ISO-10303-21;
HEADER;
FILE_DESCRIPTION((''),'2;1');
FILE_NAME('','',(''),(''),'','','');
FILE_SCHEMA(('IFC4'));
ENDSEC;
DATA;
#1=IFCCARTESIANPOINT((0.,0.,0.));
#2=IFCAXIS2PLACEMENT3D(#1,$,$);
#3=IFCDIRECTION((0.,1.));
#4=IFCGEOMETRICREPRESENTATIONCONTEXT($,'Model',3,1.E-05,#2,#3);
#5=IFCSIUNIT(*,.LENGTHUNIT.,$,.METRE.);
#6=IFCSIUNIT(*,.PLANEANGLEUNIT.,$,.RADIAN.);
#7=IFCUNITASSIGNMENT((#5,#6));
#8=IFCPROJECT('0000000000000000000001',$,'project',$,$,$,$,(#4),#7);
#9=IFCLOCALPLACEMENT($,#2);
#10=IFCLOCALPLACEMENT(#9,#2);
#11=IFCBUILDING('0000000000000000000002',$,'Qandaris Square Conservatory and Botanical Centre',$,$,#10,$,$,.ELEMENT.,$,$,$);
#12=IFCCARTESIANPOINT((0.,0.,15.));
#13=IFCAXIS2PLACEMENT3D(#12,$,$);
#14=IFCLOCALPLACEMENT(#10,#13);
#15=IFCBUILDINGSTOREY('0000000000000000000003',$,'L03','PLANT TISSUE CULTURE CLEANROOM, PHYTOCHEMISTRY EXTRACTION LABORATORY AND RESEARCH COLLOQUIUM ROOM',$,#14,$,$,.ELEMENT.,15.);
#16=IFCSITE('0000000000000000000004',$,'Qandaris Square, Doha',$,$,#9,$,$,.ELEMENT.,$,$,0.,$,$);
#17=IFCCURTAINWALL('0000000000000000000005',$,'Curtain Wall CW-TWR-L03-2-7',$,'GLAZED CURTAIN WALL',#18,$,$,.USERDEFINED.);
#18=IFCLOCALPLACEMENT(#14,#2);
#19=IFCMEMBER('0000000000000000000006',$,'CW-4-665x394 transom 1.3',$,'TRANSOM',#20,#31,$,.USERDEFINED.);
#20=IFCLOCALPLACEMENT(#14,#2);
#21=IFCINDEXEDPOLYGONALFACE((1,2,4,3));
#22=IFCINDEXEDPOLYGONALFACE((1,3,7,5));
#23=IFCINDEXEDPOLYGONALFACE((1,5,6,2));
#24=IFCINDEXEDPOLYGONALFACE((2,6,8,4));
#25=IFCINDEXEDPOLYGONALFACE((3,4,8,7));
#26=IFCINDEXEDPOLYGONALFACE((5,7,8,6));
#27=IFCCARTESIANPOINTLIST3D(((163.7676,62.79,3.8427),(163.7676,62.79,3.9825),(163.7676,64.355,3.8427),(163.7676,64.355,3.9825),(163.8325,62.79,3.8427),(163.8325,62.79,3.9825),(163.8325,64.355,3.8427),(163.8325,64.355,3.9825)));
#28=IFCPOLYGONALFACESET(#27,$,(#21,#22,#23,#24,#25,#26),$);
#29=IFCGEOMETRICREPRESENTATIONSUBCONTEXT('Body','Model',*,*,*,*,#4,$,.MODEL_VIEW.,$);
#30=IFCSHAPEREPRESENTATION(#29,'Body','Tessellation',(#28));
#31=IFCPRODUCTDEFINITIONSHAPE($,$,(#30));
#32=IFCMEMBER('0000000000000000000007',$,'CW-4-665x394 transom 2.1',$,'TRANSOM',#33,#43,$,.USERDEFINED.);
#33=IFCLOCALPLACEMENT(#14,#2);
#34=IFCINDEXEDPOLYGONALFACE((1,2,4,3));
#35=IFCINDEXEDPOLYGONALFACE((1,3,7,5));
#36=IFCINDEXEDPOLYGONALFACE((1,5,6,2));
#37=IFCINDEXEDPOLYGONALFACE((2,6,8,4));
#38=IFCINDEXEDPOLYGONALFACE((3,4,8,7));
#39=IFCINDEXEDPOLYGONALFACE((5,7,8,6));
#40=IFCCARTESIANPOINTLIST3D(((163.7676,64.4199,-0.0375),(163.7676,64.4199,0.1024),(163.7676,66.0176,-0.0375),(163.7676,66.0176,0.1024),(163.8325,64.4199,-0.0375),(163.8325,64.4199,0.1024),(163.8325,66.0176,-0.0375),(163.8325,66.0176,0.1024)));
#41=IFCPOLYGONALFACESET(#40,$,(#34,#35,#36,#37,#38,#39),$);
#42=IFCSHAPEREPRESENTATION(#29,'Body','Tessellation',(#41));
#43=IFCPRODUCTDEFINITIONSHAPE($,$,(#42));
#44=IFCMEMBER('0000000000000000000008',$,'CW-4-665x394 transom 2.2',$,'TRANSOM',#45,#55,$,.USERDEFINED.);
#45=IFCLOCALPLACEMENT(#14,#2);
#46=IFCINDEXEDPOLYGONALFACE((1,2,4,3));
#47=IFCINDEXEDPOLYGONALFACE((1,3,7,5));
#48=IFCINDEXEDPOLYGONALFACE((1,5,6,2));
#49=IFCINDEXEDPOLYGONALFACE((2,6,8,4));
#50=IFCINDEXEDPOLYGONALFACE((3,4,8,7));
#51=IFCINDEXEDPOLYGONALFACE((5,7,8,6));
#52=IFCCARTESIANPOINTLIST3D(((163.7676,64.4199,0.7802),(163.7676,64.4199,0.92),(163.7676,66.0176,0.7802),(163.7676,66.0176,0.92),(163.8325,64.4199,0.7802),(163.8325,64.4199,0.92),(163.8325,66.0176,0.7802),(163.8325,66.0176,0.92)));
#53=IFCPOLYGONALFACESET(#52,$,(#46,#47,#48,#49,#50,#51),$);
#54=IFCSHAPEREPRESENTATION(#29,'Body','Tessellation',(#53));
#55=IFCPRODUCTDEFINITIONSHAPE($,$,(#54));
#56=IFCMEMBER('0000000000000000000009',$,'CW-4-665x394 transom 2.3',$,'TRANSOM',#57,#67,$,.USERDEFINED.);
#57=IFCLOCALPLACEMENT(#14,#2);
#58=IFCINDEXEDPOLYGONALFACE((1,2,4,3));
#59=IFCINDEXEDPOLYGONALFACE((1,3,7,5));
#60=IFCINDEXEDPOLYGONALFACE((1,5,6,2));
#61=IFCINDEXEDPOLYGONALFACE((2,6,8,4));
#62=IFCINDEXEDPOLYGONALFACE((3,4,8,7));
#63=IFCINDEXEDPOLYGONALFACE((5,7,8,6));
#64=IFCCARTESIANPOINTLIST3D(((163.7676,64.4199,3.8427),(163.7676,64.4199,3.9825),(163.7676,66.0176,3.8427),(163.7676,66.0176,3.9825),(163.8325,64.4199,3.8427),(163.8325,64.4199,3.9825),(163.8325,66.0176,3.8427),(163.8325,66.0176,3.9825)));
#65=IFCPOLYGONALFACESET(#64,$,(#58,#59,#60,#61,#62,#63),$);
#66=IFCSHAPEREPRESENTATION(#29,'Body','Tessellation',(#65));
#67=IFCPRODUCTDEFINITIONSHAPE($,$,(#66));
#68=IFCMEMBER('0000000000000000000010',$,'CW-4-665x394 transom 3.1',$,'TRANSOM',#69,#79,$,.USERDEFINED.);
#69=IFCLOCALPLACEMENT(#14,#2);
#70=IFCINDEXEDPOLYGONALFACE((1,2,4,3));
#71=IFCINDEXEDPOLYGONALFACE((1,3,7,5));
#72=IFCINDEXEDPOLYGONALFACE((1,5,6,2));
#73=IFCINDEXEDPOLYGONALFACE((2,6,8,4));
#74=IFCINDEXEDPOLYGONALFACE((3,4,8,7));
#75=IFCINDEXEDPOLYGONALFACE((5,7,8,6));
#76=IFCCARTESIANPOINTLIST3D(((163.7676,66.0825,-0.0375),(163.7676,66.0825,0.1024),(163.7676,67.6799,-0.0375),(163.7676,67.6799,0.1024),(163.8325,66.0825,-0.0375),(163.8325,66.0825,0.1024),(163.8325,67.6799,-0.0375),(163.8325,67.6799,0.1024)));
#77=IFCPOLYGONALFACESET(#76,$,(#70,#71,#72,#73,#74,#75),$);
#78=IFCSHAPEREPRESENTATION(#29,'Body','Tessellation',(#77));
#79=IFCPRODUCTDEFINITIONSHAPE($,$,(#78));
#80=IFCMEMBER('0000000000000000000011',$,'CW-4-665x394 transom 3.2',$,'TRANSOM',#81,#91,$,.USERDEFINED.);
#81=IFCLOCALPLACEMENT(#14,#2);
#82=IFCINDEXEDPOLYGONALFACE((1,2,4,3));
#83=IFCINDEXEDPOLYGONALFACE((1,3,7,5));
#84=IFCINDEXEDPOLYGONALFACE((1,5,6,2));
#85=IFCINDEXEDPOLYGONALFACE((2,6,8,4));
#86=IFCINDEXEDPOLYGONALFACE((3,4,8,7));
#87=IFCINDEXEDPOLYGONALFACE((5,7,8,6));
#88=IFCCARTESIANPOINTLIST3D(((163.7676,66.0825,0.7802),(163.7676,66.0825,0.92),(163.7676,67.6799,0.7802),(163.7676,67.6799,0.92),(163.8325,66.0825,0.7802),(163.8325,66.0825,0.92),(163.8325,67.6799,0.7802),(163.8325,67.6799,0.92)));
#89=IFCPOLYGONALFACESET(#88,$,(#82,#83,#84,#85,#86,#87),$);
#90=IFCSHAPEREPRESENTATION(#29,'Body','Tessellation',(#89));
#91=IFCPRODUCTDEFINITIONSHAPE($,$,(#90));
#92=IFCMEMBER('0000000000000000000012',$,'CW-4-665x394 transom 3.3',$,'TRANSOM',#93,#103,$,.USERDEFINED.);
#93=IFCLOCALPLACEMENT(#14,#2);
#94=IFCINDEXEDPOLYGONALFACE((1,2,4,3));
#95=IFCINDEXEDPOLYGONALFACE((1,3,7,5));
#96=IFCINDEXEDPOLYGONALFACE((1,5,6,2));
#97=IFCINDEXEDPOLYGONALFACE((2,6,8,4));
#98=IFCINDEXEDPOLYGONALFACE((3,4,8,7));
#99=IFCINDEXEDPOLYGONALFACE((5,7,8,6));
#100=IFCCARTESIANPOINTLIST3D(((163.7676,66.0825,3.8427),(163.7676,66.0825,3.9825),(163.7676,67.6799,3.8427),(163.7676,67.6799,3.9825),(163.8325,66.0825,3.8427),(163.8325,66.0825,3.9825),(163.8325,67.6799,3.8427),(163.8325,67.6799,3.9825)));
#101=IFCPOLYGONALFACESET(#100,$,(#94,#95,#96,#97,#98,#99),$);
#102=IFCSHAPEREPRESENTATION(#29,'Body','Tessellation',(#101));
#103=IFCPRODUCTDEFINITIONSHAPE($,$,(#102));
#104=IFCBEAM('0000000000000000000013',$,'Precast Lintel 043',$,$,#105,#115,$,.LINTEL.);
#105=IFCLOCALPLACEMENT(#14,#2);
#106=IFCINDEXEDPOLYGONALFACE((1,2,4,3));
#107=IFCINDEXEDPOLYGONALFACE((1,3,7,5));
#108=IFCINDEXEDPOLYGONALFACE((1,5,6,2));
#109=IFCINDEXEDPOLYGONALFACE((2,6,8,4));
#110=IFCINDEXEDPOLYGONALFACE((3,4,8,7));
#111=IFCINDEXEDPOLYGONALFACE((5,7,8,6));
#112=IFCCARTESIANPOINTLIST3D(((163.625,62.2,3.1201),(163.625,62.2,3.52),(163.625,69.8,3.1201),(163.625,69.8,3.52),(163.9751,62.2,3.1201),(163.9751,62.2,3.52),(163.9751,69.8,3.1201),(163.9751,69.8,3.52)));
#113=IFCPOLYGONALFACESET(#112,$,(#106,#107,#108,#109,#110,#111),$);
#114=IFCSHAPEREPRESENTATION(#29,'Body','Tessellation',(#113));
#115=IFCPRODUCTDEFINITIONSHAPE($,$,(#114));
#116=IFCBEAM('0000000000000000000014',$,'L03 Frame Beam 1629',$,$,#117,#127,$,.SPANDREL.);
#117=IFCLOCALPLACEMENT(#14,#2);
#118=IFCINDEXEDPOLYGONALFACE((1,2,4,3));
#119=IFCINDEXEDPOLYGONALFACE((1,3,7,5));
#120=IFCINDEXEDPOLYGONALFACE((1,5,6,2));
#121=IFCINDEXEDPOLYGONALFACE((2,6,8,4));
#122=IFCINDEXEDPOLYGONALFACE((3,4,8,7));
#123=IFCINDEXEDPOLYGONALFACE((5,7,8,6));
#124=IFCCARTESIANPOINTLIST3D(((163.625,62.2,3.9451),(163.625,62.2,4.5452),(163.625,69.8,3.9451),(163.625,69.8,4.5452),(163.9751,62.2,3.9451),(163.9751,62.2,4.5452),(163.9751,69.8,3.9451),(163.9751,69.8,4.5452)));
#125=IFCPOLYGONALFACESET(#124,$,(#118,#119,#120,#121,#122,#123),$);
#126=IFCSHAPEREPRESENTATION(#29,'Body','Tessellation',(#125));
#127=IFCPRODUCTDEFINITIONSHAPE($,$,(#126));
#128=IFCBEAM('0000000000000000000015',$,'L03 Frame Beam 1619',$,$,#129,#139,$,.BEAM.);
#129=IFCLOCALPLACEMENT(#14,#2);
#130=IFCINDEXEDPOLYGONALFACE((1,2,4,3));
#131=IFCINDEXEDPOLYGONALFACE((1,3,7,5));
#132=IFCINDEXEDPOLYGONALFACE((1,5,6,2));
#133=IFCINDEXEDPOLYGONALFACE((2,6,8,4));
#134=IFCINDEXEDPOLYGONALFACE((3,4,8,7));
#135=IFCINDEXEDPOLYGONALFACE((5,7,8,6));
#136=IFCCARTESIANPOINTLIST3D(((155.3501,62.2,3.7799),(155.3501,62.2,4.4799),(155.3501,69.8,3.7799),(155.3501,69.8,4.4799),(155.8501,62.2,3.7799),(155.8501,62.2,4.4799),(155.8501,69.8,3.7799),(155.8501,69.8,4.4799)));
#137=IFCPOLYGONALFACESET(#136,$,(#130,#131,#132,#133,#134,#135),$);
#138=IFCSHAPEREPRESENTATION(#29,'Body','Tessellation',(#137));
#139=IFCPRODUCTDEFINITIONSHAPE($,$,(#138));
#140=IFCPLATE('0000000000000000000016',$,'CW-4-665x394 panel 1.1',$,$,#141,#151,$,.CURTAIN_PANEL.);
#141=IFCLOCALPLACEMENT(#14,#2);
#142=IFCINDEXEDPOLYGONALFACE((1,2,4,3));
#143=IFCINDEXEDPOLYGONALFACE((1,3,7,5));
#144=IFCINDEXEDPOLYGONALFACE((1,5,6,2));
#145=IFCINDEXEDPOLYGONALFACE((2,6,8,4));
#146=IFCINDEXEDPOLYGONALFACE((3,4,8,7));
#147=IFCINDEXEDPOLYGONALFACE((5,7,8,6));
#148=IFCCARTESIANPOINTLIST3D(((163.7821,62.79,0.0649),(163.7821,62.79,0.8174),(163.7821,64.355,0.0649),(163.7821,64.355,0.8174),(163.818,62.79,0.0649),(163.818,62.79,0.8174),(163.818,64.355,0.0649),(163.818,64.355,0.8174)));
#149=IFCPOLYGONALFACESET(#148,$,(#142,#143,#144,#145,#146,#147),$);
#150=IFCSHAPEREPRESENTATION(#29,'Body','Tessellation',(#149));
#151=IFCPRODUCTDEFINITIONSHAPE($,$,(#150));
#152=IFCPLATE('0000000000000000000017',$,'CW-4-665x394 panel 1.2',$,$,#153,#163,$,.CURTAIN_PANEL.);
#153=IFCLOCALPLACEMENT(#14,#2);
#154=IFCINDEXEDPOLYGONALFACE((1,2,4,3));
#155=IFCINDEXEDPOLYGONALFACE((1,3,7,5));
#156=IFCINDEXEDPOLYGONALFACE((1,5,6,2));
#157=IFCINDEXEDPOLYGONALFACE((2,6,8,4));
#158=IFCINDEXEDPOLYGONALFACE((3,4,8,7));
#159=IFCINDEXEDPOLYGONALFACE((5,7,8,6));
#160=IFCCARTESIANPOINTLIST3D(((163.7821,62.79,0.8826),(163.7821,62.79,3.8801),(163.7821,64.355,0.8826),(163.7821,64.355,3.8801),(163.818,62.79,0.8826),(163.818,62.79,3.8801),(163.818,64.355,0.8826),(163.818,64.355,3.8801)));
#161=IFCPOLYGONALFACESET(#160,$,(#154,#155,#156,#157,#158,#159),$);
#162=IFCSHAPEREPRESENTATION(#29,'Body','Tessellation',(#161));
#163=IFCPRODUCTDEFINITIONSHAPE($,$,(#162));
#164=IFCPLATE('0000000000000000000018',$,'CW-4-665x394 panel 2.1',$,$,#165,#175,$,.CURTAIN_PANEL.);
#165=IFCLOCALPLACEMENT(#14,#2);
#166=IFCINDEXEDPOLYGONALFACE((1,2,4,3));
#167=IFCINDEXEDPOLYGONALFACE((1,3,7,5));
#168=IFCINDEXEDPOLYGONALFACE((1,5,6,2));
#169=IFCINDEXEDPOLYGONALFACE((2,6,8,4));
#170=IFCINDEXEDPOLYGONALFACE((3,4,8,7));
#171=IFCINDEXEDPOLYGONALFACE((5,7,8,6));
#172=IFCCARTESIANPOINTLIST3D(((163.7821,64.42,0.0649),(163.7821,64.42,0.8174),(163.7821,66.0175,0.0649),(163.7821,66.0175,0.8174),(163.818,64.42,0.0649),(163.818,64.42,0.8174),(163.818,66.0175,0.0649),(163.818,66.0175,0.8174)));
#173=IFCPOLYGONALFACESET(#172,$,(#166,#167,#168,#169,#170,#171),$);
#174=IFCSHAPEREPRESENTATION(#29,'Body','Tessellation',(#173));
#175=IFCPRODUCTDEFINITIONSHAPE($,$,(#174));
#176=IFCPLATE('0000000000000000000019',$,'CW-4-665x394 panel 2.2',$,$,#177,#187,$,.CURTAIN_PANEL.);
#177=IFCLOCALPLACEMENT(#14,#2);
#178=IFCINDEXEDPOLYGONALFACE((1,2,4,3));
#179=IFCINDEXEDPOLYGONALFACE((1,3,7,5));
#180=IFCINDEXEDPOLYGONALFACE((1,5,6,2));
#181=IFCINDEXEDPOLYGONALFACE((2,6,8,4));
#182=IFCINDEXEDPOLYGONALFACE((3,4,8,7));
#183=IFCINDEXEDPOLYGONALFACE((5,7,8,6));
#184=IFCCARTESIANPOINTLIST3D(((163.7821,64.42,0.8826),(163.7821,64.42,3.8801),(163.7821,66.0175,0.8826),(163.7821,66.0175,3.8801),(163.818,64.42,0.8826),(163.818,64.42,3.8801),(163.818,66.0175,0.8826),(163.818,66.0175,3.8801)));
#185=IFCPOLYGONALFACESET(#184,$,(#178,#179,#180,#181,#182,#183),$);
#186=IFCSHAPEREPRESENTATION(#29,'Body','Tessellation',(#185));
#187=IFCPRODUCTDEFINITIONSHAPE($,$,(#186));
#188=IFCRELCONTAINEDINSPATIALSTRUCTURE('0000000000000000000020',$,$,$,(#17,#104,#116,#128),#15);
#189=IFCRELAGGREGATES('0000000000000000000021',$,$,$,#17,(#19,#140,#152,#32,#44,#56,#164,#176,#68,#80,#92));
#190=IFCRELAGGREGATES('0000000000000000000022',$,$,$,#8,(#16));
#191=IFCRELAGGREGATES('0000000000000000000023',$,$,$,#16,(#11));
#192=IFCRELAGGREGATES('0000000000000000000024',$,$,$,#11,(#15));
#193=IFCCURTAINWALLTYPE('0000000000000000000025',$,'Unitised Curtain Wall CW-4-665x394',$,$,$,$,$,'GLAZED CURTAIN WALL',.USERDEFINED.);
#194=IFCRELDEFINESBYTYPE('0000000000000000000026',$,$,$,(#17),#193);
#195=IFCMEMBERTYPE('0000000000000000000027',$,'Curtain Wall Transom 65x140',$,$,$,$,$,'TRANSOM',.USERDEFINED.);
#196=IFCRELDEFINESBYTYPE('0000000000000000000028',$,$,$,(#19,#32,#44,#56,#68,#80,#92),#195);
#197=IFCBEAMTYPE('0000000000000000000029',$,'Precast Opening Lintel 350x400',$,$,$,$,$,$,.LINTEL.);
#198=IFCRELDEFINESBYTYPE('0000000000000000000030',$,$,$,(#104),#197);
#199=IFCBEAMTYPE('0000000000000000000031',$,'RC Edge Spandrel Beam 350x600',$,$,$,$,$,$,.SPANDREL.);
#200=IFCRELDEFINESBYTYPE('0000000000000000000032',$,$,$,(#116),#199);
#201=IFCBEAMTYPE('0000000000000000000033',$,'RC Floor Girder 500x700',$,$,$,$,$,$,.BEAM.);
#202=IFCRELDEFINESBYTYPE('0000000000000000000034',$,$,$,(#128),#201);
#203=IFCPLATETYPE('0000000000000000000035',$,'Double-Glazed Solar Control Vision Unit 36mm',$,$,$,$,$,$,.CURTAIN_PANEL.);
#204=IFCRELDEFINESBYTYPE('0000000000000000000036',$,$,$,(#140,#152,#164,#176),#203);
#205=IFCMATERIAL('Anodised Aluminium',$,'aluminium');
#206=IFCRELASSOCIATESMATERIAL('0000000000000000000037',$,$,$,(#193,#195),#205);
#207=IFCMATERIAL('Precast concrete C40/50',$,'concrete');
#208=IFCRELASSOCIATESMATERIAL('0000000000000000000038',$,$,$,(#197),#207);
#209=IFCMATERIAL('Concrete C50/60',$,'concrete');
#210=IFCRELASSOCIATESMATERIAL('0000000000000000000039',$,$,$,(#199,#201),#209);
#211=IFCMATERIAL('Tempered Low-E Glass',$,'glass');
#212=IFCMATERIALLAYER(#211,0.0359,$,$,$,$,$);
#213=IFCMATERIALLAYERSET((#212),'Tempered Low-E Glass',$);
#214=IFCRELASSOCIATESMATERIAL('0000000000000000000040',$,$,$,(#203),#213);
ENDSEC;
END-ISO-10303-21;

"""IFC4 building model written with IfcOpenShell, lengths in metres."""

from ifc_helpers import new_model, si_unit, direction, frame, origin, origin_2d, place, context, subcontext, project, spatial, rectangle, extrude, material, layer, layer_set, material_profile, profile_set, type_object, element, aggregate, save


model = new_model("IFC4")

# Units and contexts
model_context = context("Model", 3, precision=1e-05, world=origin(), true_north=direction((0.0, 1.0)))
body_context = subcontext(model_context, "Body", "Model", "MODEL_VIEW")
ifc_project = project(units=[si_unit("LENGTHUNIT", "METRE"), si_unit("PLANEANGLEUNIT", "RADIAN")], contexts=[model_context])

# Site, building, storey
site_placement = place(None, origin())
site = spatial("IfcSite", under=ifc_project, at=site_placement, Name="Qandaris Square, Doha", CompositionType="ELEMENT", RefElevation=0.0)
building_placement = place(site_placement, origin())
building = spatial("IfcBuilding", under=site, at=building_placement, Name="Qandaris Square Conservatory and Botanical Centre", CompositionType="ELEMENT")
storey_placement = place(building_placement, frame((0.0, 0.0, 15.0)))
storey = spatial("IfcBuildingStorey", under=building, at=storey_placement, Name="L03", Description="PLANT TISSUE CULTURE CLEANROOM, PHYTOCHEMISTRY EXTRACTION LABORATORY AND RESEARCH COLLOQUIUM ROOM", CompositionType="ELEMENT", Elevation=15.0)

# Shared definitions
ifc_material_1 = material(Name="Concrete C50/60", Category="concrete")

# Curtain wall, members
ifc_material_2 = material(Name="Anodised Aluminium", Category="aluminium")
curtain_wall_type = type_object("IfcCurtainWallType", Name="Unitised Curtain Wall CW-4-665x394", ElementType="GLAZED CURTAIN WALL", PredefinedType="USERDEFINED", material=ifc_material_2)
curtain_wall_placement = place(storey_placement, origin())
curtain_wall = element("IfcCurtainWall", 1, at=curtain_wall_placement, inside=storey, type_object=curtain_wall_type, Name="Curtain Wall CW-TWR-L03-2-7", ObjectType="GLAZED CURTAIN WALL", PredefinedType="USERDEFINED")
ifc_material_profile_1 = material_profile(ifc_material_2, rectangle(XDim=0.0649, YDim=0.1399, at=origin_2d()), Name="ALU-TRN 65x140")
ifc_profile_set_1 = profile_set([ifc_material_profile_1], Name="Anodised Aluminium")
member_type_1 = type_object("IfcMemberType", Name="Curtain Wall Transom 65x140", ElementType="TRANSOM", PredefinedType="USERDEFINED", material=ifc_profile_set_1)
member_1_placement = place(storey_placement, frame((163.8, 62.79, 3.9126), z_axis=(0.0, 1.0, 0.0), x_axis=(-1.0, 0.0, 0.0)))
member_1 = element("IfcMember", 2, at=member_1_placement, type_object=member_type_1, Name="CW-4-665x394 transom 1.3", ObjectType="TRANSOM", PredefinedType="USERDEFINED", context=body_context, shape_type="SweptSolid", body=[
    extrude(rectangle(XDim=0.0649, YDim=0.1399, at=origin_2d()), origin(), (0.0, 0.0, 1.0), 1.5649),
])
member_2_placement = place(storey_placement, frame((163.8, 64.4199, 0.0325), z_axis=(0.0, 1.0, 0.0), x_axis=(-1.0, 0.0, 0.0)))
member_2 = element("IfcMember", 3, at=member_2_placement, type_object=member_type_1, Name="CW-4-665x394 transom 2.1", ObjectType="TRANSOM", PredefinedType="USERDEFINED", context=body_context, shape_type="SweptSolid", body=[
    extrude(rectangle(XDim=0.0649, YDim=0.1399, at=origin_2d()), origin(), (0.0, 0.0, 1.0), 1.5977),
])
member_3_placement = place(storey_placement, frame((163.8, 64.4199, 0.8501), z_axis=(0.0, 1.0, 0.0), x_axis=(-1.0, 0.0, 0.0)))
member_3 = element("IfcMember", 4, at=member_3_placement, type_object=member_type_1, Name="CW-4-665x394 transom 2.2", ObjectType="TRANSOM", PredefinedType="USERDEFINED", context=body_context, shape_type="SweptSolid", body=[
    extrude(rectangle(XDim=0.0649, YDim=0.1399, at=origin_2d()), origin(), (0.0, 0.0, 1.0), 1.5977),
])
member_4_placement = place(storey_placement, frame((163.8, 64.4199, 3.9126), z_axis=(0.0, 1.0, 0.0), x_axis=(-1.0, 0.0, 0.0)))
member_4 = element("IfcMember", 5, at=member_4_placement, type_object=member_type_1, Name="CW-4-665x394 transom 2.3", ObjectType="TRANSOM", PredefinedType="USERDEFINED", context=body_context, shape_type="SweptSolid", body=[
    extrude(rectangle(XDim=0.0649, YDim=0.1399, at=origin_2d()), origin(), (0.0, 0.0, 1.0), 1.5977),
])
member_5_placement = place(storey_placement, frame((163.8, 66.0825, 0.0325), z_axis=(0.0, 1.0, 0.0), x_axis=(-1.0, 0.0, 0.0)))
member_5 = element("IfcMember", 6, at=member_5_placement, type_object=member_type_1, Name="CW-4-665x394 transom 3.1", ObjectType="TRANSOM", PredefinedType="USERDEFINED", context=body_context, shape_type="SweptSolid", body=[
    extrude(rectangle(XDim=0.0649, YDim=0.1399, at=origin_2d()), origin(), (0.0, 0.0, 1.0), 1.5974),
])
member_6_placement = place(storey_placement, frame((163.8, 66.0825, 0.8501), z_axis=(0.0, 1.0, 0.0), x_axis=(-1.0, 0.0, 0.0)))
member_6 = element("IfcMember", 7, at=member_6_placement, type_object=member_type_1, Name="CW-4-665x394 transom 3.2", ObjectType="TRANSOM", PredefinedType="USERDEFINED", context=body_context, shape_type="SweptSolid", body=[
    extrude(rectangle(XDim=0.0649, YDim=0.1399, at=origin_2d()), origin(), (0.0, 0.0, 1.0), 1.5974),
])
member_7_placement = place(storey_placement, frame((163.8, 66.0825, 3.9126), z_axis=(0.0, 1.0, 0.0), x_axis=(-1.0, 0.0, 0.0)))
member_7 = element("IfcMember", 8, at=member_7_placement, type_object=member_type_1, Name="CW-4-665x394 transom 3.3", ObjectType="TRANSOM", PredefinedType="USERDEFINED", context=body_context, shape_type="SweptSolid", body=[
    extrude(rectangle(XDim=0.0649, YDim=0.1399, at=origin_2d()), origin(), (0.0, 0.0, 1.0), 1.5974),
])

# Beams
ifc_material_3 = material(Name="Precast concrete C40/50", Category="concrete")
ifc_material_profile_2 = material_profile(ifc_material_3, rectangle(XDim=0.3501, YDim=0.3999, at=origin_2d()), Name="RC-LN 350x400")
ifc_profile_set_2 = profile_set([ifc_material_profile_2], Name="Precast concrete C40/50")
beam_type_1 = type_object("IfcBeamType", Name="Precast Opening Lintel 350x400", PredefinedType="LINTEL", material=ifc_profile_set_2)
beam_1_placement = place(storey_placement, frame((163.8, 62.2, 3.3201), z_axis=(0.0, 1.0, 0.0), x_axis=(-1.0, 0.0, 0.0)))
element("IfcBeam", 9, at=beam_1_placement, inside=storey, type_object=beam_type_1, Name="Precast Lintel 043", PredefinedType="LINTEL", context=body_context, shape_type="SweptSolid", body=[
    extrude(rectangle(XDim=0.3501, YDim=0.3999, at=origin_2d()), origin(), (0.0, 0.0, 1.0), 7.6001),
])
ifc_material_profile_3 = material_profile(ifc_material_1, rectangle(XDim=0.3501, YDim=0.6001, at=origin_2d()), Name="RC-SP 350x600")
ifc_profile_set_3 = profile_set([ifc_material_profile_3], Name="Concrete C50/60")
beam_type_2 = type_object("IfcBeamType", Name="RC Edge Spandrel Beam 350x600", PredefinedType="SPANDREL", material=ifc_profile_set_3)
beam_2_placement = place(storey_placement, frame((163.8, 62.2, 4.2451), z_axis=(0.0, 1.0, 0.0), x_axis=(-1.0, 0.0, 0.0)))
element("IfcBeam", 10, at=beam_2_placement, inside=storey, type_object=beam_type_2, Name="L03 Frame Beam 1629", PredefinedType="SPANDREL", context=body_context, shape_type="SweptSolid", body=[
    extrude(rectangle(XDim=0.3501, YDim=0.6001, at=origin_2d()), origin(), (0.0, 0.0, 1.0), 7.6001),
])
ifc_material_profile_4 = material_profile(ifc_material_1, rectangle(XDim=0.5, YDim=0.7, at=origin_2d()), Name="RC-BM 500x700")
ifc_profile_set_4 = profile_set([ifc_material_profile_4], Name="Concrete C50/60")
beam_type_3 = type_object("IfcBeamType", Name="RC Floor Girder 500x700", PredefinedType="BEAM", material=ifc_profile_set_4)
beam_3_placement = place(storey_placement, frame((155.6001, 62.2, 4.1299), z_axis=(0.0, 1.0, 0.0), x_axis=(-1.0, 0.0, 0.0)))
element("IfcBeam", 11, at=beam_3_placement, inside=storey, type_object=beam_type_3, Name="L03 Frame Beam 1619", PredefinedType="BEAM", context=body_context, shape_type="SweptSolid", body=[
    extrude(rectangle(XDim=0.5, YDim=0.7, at=origin_2d()), origin(), (0.0, 0.0, 1.0), 7.6001),
])

# Plates
ifc_material_4 = material(Name="Tempered Low-E Glass", Category="glass")
ifc_layer_1 = layer(ifc_material_4, 0.0359)
ifc_layer_set_1 = layer_set([ifc_layer_1], Name="Tempered Low-E Glass")
plate_type_1 = type_object("IfcPlateType", Name="Double-Glazed Solar Control Vision Unit 36mm", PredefinedType="CURTAIN_PANEL", material=ifc_layer_set_1)
plate_1_placement = place(storey_placement, frame((163.8, 63.5725, 0.0649), z_axis=(0.0, 0.0, 1.0), x_axis=(0.0, 1.0, 0.0)))
plate_1 = element("IfcPlate", 12, at=plate_1_placement, type_object=plate_type_1, Name="CW-4-665x394 panel 1.1", PredefinedType="CURTAIN_PANEL", context=body_context, shape_type="SweptSolid", body=[
    extrude(rectangle(XDim=1.5649, YDim=0.0359, at=origin_2d()), origin(), (0.0, 0.0, 1.0), 0.7524),
])
plate_2_placement = place(storey_placement, frame((163.8, 63.5725, 0.8826), z_axis=(0.0, 0.0, 1.0), x_axis=(0.0, 1.0, 0.0)))
plate_2 = element("IfcPlate", 13, at=plate_2_placement, type_object=plate_type_1, Name="CW-4-665x394 panel 1.2", PredefinedType="CURTAIN_PANEL", context=body_context, shape_type="SweptSolid", body=[
    extrude(rectangle(XDim=1.5649, YDim=0.0359, at=origin_2d()), origin(), (0.0, 0.0, 1.0), 2.9976),
])
plate_3_placement = place(storey_placement, frame((163.8, 65.2188, 0.0649), z_axis=(0.0, 0.0, 1.0), x_axis=(0.0, 1.0, 0.0)))
plate_3 = element("IfcPlate", 14, at=plate_3_placement, type_object=plate_type_1, Name="CW-4-665x394 panel 2.1", PredefinedType="CURTAIN_PANEL", context=body_context, shape_type="SweptSolid", body=[
    extrude(rectangle(XDim=1.5974, YDim=0.0359, at=origin_2d()), origin(), (0.0, 0.0, 1.0), 0.7524),
])
plate_4_placement = place(storey_placement, frame((163.8, 65.2188, 0.8826), z_axis=(0.0, 0.0, 1.0), x_axis=(0.0, 1.0, 0.0)))
plate_4 = element("IfcPlate", 15, at=plate_4_placement, type_object=plate_type_1, Name="CW-4-665x394 panel 2.2", PredefinedType="CURTAIN_PANEL", context=body_context, shape_type="SweptSolid", body=[
    extrude(rectangle(XDim=1.5974, YDim=0.0359, at=origin_2d()), origin(), (0.0, 0.0, 1.0), 2.9976),
])
aggregate(curtain_wall, [member_1, plate_1, plate_2, member_2, member_3, member_4, plate_3, plate_4, member_5, member_6, member_7])

save(model, "model.ifc")
